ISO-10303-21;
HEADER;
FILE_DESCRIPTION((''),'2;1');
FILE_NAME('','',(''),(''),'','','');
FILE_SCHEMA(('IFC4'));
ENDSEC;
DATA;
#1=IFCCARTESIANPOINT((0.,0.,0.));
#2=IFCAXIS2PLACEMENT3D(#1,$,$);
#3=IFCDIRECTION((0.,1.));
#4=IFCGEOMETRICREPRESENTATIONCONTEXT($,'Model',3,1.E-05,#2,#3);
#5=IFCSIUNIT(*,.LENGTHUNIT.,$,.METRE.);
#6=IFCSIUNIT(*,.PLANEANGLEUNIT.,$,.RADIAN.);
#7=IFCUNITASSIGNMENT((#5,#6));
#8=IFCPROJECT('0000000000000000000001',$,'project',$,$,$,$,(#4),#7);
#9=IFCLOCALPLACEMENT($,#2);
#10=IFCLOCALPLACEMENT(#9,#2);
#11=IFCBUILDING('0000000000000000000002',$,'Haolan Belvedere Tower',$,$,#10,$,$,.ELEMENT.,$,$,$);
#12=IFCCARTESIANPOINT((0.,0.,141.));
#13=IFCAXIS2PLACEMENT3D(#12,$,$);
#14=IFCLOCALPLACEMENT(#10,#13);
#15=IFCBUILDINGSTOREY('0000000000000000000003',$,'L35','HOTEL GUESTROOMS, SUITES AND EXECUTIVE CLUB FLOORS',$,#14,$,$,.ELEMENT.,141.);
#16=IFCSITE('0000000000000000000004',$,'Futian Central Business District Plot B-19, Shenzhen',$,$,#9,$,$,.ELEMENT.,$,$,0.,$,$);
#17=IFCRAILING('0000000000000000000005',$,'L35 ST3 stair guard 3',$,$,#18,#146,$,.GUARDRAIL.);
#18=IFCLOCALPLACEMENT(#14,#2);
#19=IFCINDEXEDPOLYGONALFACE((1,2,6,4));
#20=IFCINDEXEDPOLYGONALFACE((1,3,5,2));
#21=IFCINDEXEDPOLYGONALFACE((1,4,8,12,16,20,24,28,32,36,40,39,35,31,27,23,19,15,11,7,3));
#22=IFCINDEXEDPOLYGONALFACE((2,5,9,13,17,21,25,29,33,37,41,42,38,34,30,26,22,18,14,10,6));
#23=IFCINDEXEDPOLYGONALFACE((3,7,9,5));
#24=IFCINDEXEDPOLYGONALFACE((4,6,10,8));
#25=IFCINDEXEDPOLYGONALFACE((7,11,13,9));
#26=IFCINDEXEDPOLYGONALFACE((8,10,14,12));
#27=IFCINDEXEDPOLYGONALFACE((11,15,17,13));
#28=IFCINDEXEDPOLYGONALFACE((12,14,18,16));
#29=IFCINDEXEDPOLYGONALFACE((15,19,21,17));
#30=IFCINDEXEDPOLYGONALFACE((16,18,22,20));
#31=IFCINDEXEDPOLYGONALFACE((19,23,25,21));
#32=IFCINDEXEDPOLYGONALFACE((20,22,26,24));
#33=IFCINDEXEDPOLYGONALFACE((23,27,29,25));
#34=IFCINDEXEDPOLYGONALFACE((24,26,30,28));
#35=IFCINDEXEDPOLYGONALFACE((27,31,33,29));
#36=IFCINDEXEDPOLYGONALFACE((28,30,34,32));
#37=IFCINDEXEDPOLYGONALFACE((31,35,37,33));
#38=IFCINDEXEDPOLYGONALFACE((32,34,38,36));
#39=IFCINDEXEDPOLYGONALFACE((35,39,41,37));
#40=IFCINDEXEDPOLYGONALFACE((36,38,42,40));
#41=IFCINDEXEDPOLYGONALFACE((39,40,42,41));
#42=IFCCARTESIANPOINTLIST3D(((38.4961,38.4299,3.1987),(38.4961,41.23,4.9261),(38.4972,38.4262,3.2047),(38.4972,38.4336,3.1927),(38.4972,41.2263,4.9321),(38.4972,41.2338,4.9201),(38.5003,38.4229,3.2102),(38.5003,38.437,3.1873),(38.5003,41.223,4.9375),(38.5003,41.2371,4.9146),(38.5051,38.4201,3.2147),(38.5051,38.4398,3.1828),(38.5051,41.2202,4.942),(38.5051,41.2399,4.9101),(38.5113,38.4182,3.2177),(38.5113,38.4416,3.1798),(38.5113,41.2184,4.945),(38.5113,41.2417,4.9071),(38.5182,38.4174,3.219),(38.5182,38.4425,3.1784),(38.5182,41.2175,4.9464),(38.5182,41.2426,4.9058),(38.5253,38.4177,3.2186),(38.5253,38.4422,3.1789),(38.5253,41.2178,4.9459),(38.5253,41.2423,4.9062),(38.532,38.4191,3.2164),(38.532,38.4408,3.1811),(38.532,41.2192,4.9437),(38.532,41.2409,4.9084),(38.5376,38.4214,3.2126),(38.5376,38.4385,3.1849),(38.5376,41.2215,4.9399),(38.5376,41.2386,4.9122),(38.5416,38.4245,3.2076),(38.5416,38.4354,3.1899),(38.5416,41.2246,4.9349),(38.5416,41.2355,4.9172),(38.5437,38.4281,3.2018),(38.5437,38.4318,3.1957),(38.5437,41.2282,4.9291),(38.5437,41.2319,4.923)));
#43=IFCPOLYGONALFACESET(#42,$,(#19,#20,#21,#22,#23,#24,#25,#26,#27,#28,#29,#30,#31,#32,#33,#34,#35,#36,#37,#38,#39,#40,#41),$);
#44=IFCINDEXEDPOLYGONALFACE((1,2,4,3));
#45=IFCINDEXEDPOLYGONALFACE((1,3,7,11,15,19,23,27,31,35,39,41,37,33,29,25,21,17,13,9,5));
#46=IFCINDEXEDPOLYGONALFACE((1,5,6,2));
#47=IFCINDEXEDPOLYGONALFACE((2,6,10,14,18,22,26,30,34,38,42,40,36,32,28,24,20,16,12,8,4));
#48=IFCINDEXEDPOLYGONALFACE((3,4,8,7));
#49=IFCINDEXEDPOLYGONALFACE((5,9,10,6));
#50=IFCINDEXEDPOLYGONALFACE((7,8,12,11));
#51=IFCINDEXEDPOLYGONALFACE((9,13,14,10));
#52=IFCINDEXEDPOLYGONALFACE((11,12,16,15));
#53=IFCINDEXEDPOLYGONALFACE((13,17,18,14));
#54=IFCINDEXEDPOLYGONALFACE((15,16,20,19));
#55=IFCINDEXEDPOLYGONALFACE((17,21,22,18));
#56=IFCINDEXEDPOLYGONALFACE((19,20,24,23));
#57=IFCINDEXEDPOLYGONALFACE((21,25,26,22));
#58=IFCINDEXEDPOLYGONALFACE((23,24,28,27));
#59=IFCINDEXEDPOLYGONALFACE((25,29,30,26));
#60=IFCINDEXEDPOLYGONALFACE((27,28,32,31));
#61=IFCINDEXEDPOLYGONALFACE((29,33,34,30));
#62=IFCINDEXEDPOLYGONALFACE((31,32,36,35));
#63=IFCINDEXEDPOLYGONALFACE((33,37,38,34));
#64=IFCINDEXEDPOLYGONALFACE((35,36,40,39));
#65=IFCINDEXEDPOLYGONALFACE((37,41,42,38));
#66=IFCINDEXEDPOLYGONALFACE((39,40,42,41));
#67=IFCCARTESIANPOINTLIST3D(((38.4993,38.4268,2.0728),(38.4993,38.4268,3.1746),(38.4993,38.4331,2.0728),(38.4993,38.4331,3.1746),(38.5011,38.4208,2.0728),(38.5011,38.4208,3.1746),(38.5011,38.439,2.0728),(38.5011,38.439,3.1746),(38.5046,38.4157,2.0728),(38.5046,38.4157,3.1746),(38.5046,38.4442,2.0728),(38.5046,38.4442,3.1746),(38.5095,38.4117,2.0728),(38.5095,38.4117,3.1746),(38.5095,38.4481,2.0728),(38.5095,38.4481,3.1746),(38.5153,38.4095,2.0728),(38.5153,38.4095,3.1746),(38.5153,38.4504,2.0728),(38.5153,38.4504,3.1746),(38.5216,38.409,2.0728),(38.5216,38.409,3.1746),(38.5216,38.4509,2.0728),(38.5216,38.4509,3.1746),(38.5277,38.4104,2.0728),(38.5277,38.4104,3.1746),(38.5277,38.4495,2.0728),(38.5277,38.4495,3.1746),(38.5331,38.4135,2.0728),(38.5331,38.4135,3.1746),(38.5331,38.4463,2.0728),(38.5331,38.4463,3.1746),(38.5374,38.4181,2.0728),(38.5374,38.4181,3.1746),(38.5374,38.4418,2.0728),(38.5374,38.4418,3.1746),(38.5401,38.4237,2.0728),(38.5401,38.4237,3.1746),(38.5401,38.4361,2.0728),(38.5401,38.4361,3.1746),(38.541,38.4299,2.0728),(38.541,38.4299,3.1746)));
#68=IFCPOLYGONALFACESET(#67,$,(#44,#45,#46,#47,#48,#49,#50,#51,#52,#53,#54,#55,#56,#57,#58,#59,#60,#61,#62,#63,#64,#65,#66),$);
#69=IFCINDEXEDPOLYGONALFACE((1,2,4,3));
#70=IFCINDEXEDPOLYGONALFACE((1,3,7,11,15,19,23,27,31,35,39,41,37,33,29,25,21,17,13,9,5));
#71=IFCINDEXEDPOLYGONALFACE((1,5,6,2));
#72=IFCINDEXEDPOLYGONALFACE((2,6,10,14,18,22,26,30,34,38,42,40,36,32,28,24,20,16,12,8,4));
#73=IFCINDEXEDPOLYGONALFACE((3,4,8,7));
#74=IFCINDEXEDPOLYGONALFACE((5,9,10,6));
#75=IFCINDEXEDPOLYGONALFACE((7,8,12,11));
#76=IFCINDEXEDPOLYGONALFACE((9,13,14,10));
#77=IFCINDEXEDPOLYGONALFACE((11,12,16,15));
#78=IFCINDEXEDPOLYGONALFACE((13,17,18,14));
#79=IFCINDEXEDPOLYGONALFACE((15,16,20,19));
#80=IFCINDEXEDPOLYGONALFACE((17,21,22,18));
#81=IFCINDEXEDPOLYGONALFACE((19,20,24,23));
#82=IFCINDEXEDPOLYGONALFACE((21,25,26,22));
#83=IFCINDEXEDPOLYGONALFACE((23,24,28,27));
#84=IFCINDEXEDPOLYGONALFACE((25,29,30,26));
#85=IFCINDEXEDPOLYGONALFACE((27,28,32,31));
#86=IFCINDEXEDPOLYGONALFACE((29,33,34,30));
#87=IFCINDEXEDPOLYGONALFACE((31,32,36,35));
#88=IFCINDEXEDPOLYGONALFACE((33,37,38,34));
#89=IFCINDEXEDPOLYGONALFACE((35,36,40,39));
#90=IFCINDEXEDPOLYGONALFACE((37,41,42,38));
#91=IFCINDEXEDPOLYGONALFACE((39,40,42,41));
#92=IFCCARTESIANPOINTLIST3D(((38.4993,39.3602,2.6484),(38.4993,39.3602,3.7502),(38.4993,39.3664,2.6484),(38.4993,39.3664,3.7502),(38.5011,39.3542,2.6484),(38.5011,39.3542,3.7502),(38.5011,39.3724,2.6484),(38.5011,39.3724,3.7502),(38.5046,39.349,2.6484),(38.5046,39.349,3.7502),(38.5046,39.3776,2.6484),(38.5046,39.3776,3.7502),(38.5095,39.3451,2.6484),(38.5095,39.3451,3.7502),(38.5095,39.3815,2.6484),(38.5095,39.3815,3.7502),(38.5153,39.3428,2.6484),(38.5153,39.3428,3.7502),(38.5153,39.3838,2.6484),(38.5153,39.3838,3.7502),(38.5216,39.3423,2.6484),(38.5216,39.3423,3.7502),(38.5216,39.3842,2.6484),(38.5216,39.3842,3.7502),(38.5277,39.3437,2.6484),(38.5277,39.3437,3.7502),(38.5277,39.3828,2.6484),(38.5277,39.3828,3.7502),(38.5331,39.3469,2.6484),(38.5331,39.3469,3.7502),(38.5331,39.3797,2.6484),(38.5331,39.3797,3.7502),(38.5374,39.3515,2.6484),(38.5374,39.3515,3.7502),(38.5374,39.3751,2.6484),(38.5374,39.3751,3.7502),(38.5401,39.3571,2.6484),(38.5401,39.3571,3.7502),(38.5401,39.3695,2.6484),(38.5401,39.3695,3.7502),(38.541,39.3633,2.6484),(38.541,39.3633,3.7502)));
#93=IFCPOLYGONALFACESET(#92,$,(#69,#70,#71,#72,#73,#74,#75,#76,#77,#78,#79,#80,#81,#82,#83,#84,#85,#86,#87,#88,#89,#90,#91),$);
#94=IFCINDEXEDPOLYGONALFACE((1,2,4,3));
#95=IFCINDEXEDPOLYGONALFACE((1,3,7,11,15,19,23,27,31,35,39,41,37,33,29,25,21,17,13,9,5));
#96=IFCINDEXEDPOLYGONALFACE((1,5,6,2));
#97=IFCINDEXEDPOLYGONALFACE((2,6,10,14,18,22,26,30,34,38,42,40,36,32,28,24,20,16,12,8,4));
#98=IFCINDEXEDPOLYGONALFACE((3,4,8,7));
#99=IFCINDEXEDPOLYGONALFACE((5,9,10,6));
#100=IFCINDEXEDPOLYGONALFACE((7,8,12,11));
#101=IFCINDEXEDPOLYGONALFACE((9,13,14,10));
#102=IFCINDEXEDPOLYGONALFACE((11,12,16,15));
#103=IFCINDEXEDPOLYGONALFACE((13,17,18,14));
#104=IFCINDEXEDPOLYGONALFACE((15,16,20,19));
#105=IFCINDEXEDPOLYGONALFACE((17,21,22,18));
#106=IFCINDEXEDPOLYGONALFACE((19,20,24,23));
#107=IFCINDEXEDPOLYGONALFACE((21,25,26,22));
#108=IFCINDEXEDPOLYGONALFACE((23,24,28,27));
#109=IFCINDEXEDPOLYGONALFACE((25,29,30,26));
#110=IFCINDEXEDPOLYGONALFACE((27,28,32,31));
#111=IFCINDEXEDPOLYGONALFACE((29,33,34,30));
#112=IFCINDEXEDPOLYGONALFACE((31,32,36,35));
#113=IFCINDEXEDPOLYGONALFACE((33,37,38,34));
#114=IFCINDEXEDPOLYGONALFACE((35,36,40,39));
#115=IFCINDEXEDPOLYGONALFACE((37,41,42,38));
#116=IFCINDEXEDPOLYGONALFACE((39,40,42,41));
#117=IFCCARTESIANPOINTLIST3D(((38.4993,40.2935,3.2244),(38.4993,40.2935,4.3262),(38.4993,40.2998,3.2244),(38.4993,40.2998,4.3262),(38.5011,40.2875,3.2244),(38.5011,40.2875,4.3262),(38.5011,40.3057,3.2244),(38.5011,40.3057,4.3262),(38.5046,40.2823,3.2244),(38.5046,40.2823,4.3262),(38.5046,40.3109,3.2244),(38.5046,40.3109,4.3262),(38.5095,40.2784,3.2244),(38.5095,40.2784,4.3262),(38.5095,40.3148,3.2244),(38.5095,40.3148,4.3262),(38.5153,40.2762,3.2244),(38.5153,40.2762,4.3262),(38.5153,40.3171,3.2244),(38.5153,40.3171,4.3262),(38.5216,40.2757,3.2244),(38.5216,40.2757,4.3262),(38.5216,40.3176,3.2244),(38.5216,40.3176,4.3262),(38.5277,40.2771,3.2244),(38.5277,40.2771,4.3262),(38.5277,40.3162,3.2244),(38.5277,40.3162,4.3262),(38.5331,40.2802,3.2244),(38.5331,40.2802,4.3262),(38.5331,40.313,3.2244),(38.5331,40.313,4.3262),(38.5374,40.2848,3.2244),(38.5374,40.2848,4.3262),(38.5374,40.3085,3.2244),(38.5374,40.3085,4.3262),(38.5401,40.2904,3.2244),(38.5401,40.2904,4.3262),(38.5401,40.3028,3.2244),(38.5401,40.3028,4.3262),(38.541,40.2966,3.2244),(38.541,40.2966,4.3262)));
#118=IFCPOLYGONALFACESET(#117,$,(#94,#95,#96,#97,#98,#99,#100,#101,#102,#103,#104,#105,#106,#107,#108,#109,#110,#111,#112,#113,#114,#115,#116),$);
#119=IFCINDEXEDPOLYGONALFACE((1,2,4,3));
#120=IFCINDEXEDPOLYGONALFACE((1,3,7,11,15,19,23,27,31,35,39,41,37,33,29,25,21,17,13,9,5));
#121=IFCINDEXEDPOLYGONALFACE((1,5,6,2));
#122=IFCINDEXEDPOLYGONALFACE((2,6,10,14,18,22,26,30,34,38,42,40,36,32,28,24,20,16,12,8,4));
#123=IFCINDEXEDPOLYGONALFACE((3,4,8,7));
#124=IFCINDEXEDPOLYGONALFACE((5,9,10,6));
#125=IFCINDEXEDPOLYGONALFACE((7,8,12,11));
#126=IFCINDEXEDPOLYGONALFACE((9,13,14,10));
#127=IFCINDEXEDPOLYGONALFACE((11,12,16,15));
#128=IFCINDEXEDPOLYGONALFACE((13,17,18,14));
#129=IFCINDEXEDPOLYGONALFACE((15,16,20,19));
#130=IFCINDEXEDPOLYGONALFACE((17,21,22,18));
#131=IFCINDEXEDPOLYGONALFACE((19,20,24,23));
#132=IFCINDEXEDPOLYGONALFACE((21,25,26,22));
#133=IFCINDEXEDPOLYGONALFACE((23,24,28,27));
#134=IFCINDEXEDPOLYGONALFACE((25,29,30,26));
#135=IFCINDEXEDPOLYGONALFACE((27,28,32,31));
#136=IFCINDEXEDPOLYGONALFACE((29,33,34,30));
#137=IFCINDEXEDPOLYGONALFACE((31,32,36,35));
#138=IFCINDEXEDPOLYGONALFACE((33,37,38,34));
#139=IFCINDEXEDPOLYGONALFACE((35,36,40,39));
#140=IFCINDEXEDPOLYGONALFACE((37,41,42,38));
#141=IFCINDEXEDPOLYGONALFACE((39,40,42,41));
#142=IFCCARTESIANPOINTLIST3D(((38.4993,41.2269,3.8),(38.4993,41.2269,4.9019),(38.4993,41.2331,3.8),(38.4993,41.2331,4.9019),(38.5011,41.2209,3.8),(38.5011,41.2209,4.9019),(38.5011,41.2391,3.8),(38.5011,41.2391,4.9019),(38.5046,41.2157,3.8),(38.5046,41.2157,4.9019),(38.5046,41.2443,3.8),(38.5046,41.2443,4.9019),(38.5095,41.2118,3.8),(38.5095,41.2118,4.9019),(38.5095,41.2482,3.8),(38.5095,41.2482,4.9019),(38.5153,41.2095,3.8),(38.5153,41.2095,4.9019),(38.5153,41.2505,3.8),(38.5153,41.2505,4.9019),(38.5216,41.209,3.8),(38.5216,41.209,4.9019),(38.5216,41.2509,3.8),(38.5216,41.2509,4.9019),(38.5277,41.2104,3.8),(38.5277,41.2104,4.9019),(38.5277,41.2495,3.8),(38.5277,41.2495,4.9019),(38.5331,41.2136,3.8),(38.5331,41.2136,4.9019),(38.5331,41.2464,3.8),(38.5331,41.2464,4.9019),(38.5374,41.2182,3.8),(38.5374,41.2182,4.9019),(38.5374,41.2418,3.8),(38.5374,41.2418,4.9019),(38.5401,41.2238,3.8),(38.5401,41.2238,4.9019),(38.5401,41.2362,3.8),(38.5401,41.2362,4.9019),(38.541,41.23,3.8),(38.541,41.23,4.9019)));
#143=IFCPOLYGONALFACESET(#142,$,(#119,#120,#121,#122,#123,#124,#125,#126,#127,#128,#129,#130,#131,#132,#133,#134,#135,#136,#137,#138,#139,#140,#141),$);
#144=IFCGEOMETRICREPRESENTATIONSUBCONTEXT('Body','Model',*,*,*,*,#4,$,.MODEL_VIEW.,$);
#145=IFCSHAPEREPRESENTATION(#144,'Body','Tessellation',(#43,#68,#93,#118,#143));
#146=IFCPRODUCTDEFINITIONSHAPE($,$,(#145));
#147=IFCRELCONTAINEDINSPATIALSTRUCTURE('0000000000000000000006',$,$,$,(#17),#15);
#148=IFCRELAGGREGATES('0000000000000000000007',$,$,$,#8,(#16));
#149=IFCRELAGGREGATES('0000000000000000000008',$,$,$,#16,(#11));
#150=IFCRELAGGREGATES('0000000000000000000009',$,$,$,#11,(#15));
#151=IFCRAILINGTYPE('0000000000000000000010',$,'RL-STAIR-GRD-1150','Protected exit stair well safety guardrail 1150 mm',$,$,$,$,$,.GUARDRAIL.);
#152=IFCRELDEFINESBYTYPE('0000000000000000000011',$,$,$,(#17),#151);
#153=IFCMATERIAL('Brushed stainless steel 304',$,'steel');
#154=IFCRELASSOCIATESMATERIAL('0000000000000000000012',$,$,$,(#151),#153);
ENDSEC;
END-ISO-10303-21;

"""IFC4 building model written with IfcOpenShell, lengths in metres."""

from ifc_helpers import new_model, si_unit, direction, frame, origin, origin_2d, place, context, subcontext, project, spatial, circle, extrude, material, type_object, element, save


model = new_model("IFC4")

# Units and contexts
model_context = context("Model", 3, precision=1e-05, world=origin(), true_north=direction((0.0, 1.0)))
body_context = subcontext(model_context, "Body", "Model", "MODEL_VIEW")
ifc_project = project(units=[si_unit("LENGTHUNIT", "METRE"), si_unit("PLANEANGLEUNIT", "RADIAN")], contexts=[model_context])

# Site, building, storey
site_placement = place(None, origin())
site = spatial("IfcSite", under=ifc_project, at=site_placement, Name="Futian Central Business District Plot B-19, Shenzhen", CompositionType="ELEMENT", RefElevation=0.0)
building_placement = place(site_placement, origin())
building = spatial("IfcBuilding", under=site, at=building_placement, Name="Haolan Belvedere Tower", CompositionType="ELEMENT")
storey_placement = place(building_placement, frame((0.0, 0.0, 141.0)))
storey = spatial("IfcBuildingStorey", under=building, at=storey_placement, Name="L35", Description="HOTEL GUESTROOMS, SUITES AND EXECUTIVE CLUB FLOORS", CompositionType="ELEMENT", Elevation=141.0)

# Railing
ifc_material_1 = material(Name="Brushed stainless steel 304", Category="steel")
railing_type_1 = type_object("IfcRailingType", Name="RL-STAIR-GRD-1150", Description="Protected exit stair well safety guardrail 1150 mm", PredefinedType="GUARDRAIL", material=ifc_material_1)
railing_1_placement = place(storey_placement, frame((38.52, 38.4299, 2.0728)))
element("IfcRailing", 1, at=railing_1_placement, inside=storey, type_object=railing_type_1, Name="L35 ST3 stair guard 3", PredefinedType="GUARDRAIL", context=body_context, shape_type="SweptSolid", body=[
    extrude(circle(Radius=0.0239, at=origin_2d()), frame((0.0, 0.0, 1.126), z_axis=(0.0, 0.85109, 0.52502), x_axis=(-1.0, 0.0, 0.0)), (0.0, 0.0, 1.0), 3.29),
    extrude(circle(Radius=0.021, at=origin_2d()), origin(), (0.0, 0.0, 1.0), 1.1018),
    extrude(circle(Radius=0.021, at=origin_2d()), frame((0.0, 0.9333, 0.5757)), (0.0, 0.0, 1.0), 1.1018),
    extrude(circle(Radius=0.021, at=origin_2d()), frame((0.0, 1.8667, 1.1516)), (0.0, 0.0, 1.0), 1.1018),
    extrude(circle(Radius=0.021, at=origin_2d()), frame((0.0, 2.8, 1.7273)), (0.0, 0.0, 1.0), 1.1018),
])

save(model, "model.ifc")
